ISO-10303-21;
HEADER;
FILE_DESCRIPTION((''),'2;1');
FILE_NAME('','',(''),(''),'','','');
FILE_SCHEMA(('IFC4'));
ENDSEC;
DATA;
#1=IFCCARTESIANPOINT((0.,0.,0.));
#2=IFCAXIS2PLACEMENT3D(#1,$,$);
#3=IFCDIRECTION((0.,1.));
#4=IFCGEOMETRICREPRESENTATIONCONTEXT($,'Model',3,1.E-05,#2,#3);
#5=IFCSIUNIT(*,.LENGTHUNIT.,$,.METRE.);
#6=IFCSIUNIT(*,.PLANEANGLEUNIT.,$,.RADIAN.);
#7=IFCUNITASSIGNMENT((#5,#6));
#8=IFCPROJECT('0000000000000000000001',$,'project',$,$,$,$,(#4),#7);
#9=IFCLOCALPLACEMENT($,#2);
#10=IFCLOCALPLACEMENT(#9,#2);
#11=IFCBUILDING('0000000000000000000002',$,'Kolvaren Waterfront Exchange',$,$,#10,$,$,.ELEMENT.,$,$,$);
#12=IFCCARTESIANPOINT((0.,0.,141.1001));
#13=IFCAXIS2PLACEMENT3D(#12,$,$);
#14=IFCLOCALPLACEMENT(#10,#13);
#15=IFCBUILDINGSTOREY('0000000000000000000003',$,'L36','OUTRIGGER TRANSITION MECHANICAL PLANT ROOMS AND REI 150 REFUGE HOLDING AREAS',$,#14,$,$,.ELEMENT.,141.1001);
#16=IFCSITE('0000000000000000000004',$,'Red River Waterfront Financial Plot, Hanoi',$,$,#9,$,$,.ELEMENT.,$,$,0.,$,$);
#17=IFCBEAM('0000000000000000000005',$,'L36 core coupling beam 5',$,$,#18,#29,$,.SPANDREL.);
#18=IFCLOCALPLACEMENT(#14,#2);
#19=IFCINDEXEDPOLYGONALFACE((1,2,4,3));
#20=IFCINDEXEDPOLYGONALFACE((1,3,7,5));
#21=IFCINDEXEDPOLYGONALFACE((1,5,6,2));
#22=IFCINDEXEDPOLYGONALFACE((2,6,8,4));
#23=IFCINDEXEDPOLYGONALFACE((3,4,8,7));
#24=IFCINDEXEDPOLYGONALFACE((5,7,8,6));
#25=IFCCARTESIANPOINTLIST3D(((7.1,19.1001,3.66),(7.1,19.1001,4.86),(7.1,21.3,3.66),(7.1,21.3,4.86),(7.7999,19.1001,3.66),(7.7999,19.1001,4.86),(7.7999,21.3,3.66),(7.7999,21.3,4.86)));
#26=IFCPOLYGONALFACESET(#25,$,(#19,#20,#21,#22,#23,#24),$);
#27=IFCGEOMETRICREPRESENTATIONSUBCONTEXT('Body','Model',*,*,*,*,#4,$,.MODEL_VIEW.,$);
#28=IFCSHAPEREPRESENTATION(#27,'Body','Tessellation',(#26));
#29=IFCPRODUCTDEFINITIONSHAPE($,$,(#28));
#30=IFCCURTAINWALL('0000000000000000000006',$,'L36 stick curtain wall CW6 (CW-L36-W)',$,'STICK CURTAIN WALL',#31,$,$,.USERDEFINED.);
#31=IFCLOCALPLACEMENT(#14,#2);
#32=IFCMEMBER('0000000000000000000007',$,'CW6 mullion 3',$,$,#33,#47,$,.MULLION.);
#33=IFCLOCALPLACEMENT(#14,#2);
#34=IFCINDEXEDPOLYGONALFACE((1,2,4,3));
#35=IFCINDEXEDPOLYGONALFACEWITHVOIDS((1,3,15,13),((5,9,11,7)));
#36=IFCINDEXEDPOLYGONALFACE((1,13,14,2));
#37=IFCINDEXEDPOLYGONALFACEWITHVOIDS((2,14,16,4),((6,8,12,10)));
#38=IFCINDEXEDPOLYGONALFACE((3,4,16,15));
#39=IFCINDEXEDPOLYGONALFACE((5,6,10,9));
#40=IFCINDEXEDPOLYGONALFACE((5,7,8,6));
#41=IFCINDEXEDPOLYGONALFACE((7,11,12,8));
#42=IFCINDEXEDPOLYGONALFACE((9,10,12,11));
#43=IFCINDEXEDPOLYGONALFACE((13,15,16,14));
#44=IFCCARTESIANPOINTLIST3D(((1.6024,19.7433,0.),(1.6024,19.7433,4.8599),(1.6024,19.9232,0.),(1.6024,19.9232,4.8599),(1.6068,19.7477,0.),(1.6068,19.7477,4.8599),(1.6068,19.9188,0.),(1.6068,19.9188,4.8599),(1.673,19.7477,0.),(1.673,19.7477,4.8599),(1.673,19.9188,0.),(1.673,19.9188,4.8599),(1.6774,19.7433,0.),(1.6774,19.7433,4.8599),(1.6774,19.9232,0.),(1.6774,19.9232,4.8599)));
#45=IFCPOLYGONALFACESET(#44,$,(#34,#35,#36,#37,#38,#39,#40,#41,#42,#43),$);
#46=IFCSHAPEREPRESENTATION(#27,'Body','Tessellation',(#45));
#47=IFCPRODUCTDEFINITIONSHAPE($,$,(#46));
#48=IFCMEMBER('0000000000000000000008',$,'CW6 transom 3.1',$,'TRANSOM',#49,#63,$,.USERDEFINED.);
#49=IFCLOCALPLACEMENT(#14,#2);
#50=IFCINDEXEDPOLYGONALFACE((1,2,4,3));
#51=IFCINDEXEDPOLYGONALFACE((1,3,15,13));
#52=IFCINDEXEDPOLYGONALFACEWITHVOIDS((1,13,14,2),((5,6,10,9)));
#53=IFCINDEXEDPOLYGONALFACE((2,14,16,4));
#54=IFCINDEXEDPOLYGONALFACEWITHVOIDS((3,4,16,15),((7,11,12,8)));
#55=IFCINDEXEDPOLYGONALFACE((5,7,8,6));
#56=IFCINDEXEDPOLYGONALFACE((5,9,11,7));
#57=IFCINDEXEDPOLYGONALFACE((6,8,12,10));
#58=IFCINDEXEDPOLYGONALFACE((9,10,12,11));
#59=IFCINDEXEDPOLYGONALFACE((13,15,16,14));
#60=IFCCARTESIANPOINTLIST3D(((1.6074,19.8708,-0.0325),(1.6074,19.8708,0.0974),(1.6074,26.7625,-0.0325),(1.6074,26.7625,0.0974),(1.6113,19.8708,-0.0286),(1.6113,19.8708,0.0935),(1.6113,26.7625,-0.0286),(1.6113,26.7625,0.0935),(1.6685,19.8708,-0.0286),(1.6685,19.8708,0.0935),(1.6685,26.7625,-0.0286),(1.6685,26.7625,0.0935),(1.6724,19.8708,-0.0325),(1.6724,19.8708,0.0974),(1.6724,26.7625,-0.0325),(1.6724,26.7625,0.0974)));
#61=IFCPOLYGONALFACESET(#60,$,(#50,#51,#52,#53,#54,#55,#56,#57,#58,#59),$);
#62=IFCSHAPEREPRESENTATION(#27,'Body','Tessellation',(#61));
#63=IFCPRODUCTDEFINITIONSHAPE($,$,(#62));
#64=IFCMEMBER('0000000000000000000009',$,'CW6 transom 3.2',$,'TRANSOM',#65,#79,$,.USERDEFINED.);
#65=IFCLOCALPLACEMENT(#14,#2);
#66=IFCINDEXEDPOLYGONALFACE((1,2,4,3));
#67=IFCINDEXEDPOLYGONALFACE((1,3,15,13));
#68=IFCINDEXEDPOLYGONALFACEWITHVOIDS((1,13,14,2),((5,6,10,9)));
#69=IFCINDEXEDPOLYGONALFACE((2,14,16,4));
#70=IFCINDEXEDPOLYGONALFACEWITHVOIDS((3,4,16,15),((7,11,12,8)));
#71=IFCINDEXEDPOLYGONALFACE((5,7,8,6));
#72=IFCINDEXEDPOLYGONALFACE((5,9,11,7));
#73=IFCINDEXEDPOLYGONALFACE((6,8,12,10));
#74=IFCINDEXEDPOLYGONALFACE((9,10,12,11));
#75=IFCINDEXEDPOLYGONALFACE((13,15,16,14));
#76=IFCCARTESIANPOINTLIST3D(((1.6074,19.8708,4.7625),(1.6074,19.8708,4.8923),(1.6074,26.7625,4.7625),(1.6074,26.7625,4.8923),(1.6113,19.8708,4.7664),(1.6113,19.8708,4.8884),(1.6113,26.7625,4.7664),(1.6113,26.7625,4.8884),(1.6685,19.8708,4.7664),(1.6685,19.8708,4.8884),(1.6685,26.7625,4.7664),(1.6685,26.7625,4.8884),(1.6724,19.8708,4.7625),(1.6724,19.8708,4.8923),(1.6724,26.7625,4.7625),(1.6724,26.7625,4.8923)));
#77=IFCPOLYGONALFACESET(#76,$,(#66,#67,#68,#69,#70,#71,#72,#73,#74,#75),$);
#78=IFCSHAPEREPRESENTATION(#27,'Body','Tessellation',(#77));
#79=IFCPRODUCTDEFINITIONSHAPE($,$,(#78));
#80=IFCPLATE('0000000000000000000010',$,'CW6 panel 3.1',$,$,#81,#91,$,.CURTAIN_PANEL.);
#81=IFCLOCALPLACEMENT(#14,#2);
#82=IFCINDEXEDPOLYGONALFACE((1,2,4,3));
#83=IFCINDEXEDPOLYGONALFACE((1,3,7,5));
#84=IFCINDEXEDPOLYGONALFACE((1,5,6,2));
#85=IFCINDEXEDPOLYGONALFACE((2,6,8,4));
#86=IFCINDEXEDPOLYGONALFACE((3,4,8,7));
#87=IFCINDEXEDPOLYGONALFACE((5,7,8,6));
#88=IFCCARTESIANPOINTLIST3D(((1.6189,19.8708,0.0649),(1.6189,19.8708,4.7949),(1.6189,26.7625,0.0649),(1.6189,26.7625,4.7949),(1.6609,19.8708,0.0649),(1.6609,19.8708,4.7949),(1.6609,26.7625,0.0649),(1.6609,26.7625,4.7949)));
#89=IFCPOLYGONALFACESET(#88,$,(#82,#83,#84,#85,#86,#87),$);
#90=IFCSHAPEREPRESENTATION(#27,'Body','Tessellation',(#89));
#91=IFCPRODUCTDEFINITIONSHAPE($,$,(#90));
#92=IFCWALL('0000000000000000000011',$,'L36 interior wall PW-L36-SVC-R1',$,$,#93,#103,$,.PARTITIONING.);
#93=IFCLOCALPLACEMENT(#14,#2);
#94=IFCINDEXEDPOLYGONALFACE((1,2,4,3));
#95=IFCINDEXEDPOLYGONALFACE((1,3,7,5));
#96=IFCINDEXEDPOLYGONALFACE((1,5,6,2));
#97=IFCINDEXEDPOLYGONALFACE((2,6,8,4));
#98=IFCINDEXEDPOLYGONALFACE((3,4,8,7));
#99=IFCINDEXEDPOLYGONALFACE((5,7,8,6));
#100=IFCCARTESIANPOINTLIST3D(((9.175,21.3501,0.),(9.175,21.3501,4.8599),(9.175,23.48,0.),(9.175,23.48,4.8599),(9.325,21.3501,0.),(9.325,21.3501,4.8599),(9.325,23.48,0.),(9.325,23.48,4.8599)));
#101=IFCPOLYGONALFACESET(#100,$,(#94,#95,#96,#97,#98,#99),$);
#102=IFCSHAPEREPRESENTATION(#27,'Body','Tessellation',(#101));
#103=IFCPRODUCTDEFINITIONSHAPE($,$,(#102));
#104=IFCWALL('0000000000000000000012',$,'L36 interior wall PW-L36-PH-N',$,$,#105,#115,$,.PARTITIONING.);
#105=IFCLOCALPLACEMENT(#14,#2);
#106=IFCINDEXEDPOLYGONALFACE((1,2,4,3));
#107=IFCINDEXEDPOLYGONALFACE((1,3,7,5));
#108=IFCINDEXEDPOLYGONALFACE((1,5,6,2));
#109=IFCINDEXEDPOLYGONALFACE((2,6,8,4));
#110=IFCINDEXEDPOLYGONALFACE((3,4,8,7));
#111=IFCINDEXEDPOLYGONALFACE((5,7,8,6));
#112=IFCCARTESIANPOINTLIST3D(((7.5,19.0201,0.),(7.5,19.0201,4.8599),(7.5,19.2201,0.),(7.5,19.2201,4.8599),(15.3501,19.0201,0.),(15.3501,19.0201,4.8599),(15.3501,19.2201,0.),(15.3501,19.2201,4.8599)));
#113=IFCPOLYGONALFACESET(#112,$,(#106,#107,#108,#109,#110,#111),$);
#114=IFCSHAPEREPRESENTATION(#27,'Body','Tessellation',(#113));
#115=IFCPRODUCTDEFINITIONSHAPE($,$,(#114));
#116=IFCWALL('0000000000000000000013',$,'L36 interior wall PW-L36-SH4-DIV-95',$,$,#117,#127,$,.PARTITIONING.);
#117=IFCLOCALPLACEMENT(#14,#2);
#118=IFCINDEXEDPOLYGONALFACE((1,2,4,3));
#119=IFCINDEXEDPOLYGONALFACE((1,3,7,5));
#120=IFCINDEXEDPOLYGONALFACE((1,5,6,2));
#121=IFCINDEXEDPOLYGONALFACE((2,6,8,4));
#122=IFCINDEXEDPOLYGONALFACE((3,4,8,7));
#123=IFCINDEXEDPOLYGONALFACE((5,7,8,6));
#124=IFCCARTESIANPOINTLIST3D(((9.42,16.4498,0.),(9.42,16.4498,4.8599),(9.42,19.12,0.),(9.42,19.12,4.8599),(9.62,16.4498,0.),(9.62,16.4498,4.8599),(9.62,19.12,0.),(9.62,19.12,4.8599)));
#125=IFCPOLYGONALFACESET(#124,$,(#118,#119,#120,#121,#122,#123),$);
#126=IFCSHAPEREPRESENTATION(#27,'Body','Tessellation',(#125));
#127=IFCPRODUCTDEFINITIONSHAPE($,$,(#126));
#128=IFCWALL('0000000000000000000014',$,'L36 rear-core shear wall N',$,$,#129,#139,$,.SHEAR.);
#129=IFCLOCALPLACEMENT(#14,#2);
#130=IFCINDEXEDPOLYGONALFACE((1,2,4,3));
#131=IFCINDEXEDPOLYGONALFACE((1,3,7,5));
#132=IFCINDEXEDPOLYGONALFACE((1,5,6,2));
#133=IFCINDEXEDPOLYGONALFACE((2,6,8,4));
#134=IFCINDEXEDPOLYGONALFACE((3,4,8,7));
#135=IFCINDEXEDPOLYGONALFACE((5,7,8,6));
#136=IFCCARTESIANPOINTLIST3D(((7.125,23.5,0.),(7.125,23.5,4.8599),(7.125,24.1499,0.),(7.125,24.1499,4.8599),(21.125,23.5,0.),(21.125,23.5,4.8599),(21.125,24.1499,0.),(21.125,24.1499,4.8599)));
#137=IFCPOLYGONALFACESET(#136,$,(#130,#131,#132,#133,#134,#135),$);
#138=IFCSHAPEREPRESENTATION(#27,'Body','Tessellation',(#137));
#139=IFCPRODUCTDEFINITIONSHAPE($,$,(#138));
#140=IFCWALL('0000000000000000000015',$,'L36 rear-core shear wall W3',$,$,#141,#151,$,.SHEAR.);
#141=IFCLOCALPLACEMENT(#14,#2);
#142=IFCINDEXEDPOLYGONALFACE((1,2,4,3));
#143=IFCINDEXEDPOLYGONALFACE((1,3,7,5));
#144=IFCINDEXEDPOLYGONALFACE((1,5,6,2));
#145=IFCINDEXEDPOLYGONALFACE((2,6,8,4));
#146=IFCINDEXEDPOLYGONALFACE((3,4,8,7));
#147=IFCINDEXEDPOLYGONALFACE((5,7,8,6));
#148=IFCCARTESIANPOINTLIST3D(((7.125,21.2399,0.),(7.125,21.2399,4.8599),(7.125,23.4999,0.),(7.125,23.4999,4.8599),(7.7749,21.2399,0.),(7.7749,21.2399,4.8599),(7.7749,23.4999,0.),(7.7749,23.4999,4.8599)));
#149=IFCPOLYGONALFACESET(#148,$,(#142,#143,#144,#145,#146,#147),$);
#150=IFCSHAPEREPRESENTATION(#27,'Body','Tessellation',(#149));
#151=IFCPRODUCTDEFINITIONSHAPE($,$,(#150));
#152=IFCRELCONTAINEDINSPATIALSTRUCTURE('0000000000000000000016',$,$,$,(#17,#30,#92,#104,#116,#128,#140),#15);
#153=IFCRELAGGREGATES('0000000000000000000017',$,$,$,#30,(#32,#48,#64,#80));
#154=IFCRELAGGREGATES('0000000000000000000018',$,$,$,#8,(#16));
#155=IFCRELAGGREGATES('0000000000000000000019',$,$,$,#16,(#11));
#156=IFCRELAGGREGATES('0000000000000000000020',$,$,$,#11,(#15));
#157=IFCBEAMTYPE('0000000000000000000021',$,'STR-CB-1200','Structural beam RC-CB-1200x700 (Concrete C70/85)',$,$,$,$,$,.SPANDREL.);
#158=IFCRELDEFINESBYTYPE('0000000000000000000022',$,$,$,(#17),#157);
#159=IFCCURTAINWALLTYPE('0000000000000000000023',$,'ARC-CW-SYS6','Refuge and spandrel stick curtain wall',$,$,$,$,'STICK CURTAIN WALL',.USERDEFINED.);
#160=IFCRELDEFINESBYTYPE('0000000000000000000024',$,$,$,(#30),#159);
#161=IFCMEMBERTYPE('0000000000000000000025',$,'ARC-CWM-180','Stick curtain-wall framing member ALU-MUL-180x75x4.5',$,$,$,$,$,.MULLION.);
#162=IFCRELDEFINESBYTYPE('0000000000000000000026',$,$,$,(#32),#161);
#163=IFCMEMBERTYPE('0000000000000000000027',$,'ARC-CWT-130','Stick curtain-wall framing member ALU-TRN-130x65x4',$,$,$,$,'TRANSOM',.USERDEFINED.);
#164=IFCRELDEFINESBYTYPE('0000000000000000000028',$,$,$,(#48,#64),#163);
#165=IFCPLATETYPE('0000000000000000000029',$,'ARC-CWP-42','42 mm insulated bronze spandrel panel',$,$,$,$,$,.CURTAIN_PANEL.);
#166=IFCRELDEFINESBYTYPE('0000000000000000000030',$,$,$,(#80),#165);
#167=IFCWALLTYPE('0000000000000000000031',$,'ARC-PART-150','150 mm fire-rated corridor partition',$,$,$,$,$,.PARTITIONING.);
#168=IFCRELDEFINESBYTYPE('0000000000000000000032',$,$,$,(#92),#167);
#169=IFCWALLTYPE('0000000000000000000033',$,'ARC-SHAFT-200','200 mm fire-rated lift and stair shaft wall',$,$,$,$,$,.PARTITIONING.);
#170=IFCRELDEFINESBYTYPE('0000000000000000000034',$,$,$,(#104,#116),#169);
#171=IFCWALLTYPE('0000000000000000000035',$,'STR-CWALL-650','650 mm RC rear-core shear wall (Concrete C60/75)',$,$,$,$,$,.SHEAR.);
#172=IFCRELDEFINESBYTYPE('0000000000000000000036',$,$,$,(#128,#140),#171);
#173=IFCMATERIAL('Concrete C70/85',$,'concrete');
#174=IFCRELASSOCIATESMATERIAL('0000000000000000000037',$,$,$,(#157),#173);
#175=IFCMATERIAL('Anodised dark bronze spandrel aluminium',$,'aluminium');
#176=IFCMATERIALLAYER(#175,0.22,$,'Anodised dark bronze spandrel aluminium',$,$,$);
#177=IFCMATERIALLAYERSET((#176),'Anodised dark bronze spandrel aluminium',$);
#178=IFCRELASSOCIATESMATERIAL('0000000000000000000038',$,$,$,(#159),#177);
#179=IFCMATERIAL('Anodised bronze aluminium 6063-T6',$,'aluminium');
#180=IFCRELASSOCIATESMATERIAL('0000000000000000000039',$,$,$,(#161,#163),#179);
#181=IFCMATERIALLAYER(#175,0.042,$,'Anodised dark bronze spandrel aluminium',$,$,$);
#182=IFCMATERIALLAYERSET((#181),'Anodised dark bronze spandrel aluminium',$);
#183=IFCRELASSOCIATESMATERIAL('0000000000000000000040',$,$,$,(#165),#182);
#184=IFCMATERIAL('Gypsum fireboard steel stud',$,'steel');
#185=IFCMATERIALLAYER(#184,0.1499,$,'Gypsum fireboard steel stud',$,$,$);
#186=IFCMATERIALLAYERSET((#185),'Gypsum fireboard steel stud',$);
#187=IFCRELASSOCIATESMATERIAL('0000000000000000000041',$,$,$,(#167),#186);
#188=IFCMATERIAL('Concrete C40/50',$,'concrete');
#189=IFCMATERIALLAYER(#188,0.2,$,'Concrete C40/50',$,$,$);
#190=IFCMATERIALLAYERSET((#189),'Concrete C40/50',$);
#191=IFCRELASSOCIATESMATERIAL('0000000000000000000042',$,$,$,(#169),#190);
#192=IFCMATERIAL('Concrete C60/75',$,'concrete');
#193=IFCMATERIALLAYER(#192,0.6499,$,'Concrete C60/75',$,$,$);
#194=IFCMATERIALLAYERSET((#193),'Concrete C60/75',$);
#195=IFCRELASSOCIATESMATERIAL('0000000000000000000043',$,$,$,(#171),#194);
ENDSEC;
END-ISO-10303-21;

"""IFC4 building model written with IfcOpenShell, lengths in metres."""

from ifc_helpers import new_model, si_unit, direction, frame, frame_2d, origin, origin_with_axes, origin_2d, place, context, subcontext, project, spatial, rectangle, hollow_rectangle, extrude, source, transform, mapped, material, layer, layer_set, material_profile, profile_set, type_object, element, aggregate, save


model = new_model("IFC4")

# Units and contexts
model_context = context("Model", 3, precision=1e-05, world=origin(), true_north=direction((0.0, 1.0)))
body_context = subcontext(model_context, "Body", "Model", "MODEL_VIEW")
ifc_project = project(units=[si_unit("LENGTHUNIT", "METRE"), si_unit("PLANEANGLEUNIT", "RADIAN")], contexts=[model_context])

# Site, building, storey
site_placement = place(None, origin())
site = spatial("IfcSite", under=ifc_project, at=site_placement, Name="Red River Waterfront Financial Plot, Hanoi", CompositionType="ELEMENT", RefElevation=0.0)
building_placement = place(site_placement, origin())
building = spatial("IfcBuilding", under=site, at=building_placement, Name="Kolvaren Waterfront Exchange", CompositionType="ELEMENT")
storey_placement = place(building_placement, frame((0.0, 0.0, 141.1001)))
storey = spatial("IfcBuildingStorey", under=building, at=storey_placement, Name="L36", Description="OUTRIGGER TRANSITION MECHANICAL PLANT ROOMS AND REI 150 REFUGE HOLDING AREAS", CompositionType="ELEMENT", Elevation=141.1001)

# Beam
ifc_material_1 = material(Name="Concrete C70/85", Category="concrete")
ifc_material_profile_1 = material_profile(ifc_material_1, rectangle(XDim=0.7, YDim=1.2, at=origin_2d()), Name="RC-CB-1200x700")
ifc_profile_set_1 = profile_set([ifc_material_profile_1], Name="Concrete C70/85")
beam_type = type_object("IfcBeamType", Name="STR-CB-1200", Description="Structural beam RC-CB-1200x700 (Concrete C70/85)", PredefinedType="SPANDREL", material=ifc_profile_set_1)
beam_placement = place(storey_placement, frame((7.45, 19.1001, 4.26), z_axis=(0.0, 1.0, 0.0), x_axis=(-1.0, 0.0, 0.0)))
element("IfcBeam", 1, at=beam_placement, inside=storey, type_object=beam_type, Name="L36 core coupling beam 5", PredefinedType="SPANDREL", context=body_context, shape_type="SweptSolid", body=[
    extrude(rectangle(XDim=0.7, YDim=1.2, at=origin_2d()), origin(), (0.0, 0.0, 1.0), 2.2),
])

# Curtain wall, members, plate
ifc_material_2 = material(Name="Anodised dark bronze spandrel aluminium", Category="aluminium")
ifc_layer_1 = layer(ifc_material_2, 0.22, Name="Anodised dark bronze spandrel aluminium")
ifc_layer_set_1 = layer_set([ifc_layer_1], Name="Anodised dark bronze spandrel aluminium")
curtain_wall_type = type_object("IfcCurtainWallType", Name="ARC-CW-SYS6", Description="Refuge and spandrel stick curtain wall", ElementType="STICK CURTAIN WALL", PredefinedType="USERDEFINED", material=ifc_layer_set_1)
curtain_wall_placement = place(storey_placement, origin())
curtain_wall = element("IfcCurtainWall", 2, at=curtain_wall_placement, inside=storey, type_object=curtain_wall_type, Name="L36 stick curtain wall CW6 (CW-L36-W)", ObjectType="STICK CURTAIN WALL", PredefinedType="USERDEFINED")
ifc_material_3 = material(Name="Anodised bronze aluminium 6063-T6", Category="aluminium")
ifc_material_profile_2 = material_profile(ifc_material_3, hollow_rectangle(XDim=0.075, YDim=0.1799, WallThickness=0.0044, at=origin_2d()), Name="ALU-MUL-180x75x4.5")
ifc_profile_set_2 = profile_set([ifc_material_profile_2], Name="Anodised bronze aluminium 6063-T6")
member_type_1 = type_object("IfcMemberType", Name="ARC-CWM-180", Description="Stick curtain-wall framing member ALU-MUL-180x75x4.5", PredefinedType="MULLION", material=ifc_profile_set_2)
shared_shape_1 = source(origin_with_axes(), body_context, "Body", "SweptSolid", [
    extrude(hollow_rectangle(XDim=0.075, YDim=0.1799, WallThickness=0.0044, at=origin_2d()), origin(), (0.0, 0.0, 1.0), 4.8599),
])
member_1_placement = place(storey_placement, frame((1.6399, 19.8333, 0.0), z_axis=(0.0, 0.0, 1.0), x_axis=(-1.0, 0.0, 0.0)))
member_1 = element("IfcMember", 3, at=member_1_placement, type_object=member_type_1, Name="CW6 mullion 3", PredefinedType="MULLION", context=body_context, shape_type="MappedRepresentation", body=[
    mapped(shared_shape_1, transform((0.0, 0.0, 0.0), x_axis=(1.0, 0.0, 0.0), y_axis=(0.0, 1.0, 0.0), z_axis=(0.0, 0.0, 1.0), scale=1.0)),
])
ifc_material_profile_3 = material_profile(ifc_material_3, hollow_rectangle(XDim=0.0649, YDim=0.1299, WallThickness=0.0039, at=origin_2d()), Name="ALU-TRN-130x65x4")
ifc_profile_set_3 = profile_set([ifc_material_profile_3], Name="Anodised bronze aluminium 6063-T6")
member_type_2 = type_object("IfcMemberType", Name="ARC-CWT-130", Description="Stick curtain-wall framing member ALU-TRN-130x65x4", ElementType="TRANSOM", PredefinedType="USERDEFINED", material=ifc_profile_set_3)
shared_shape_2 = source(origin_with_axes(), body_context, "Body", "SweptSolid", [
    extrude(hollow_rectangle(XDim=0.0649, YDim=0.1299, WallThickness=0.0039, at=origin_2d()), origin(), (0.0, 0.0, 1.0), 6.8916),
])
member_2_placement = place(storey_placement, frame((1.6399, 19.8708, 0.0325), z_axis=(0.0, 1.0, 0.0), x_axis=(-1.0, 0.0, 0.0)))
member_2 = element("IfcMember", 4, at=member_2_placement, type_object=member_type_2, Name="CW6 transom 3.1", ObjectType="TRANSOM", PredefinedType="USERDEFINED", context=body_context, shape_type="MappedRepresentation", body=[
    mapped(shared_shape_2, transform((0.0, 0.0, 0.0), x_axis=(1.0, 0.0, 0.0), y_axis=(0.0, 1.0, 0.0), z_axis=(0.0, 0.0, 1.0), scale=1.0)),
])
member_3_placement = place(storey_placement, frame((1.6399, 19.8708, 4.8274), z_axis=(0.0, 1.0, 0.0), x_axis=(-1.0, 0.0, 0.0)))
member_3 = element("IfcMember", 5, at=member_3_placement, type_object=member_type_2, Name="CW6 transom 3.2", ObjectType="TRANSOM", PredefinedType="USERDEFINED", context=body_context, shape_type="MappedRepresentation", body=[
    mapped(shared_shape_2, transform((0.0, 0.0, 0.0), x_axis=(1.0, 0.0, 0.0), y_axis=(0.0, 1.0, 0.0), z_axis=(0.0, 0.0, 1.0), scale=1.0)),
])
ifc_layer_2 = layer(ifc_material_2, 0.042, Name="Anodised dark bronze spandrel aluminium")
ifc_layer_set_2 = layer_set([ifc_layer_2], Name="Anodised dark bronze spandrel aluminium")
plate_type = type_object("IfcPlateType", Name="ARC-CWP-42", Description="42 mm insulated bronze spandrel panel", PredefinedType="CURTAIN_PANEL", material=ifc_layer_set_2)
shared_shape_3 = source(origin_with_axes(), body_context, "Body", "SweptSolid", [
    extrude(rectangle(XDim=6.8916, YDim=0.042, at=origin_2d()), origin(), (0.0, 0.0, 1.0), 4.73),
])
plate_placement = place(storey_placement, frame((1.6399, 23.3167, 0.0649), z_axis=(0.0, 0.0, 1.0), x_axis=(0.0, 1.0, 0.0)))
plate = element("IfcPlate", 6, at=plate_placement, type_object=plate_type, Name="CW6 panel 3.1", PredefinedType="CURTAIN_PANEL", context=body_context, shape_type="MappedRepresentation", body=[
    mapped(shared_shape_3, transform((0.0, 0.0, 0.0), x_axis=(1.0, 0.0, 0.0), y_axis=(0.0, 1.0, 0.0), z_axis=(0.0, 0.0, 1.0), scale=1.0)),
])
aggregate(curtain_wall, [member_1, member_2, member_3, plate])

# Wall
ifc_material_4 = material(Name="Gypsum fireboard steel stud", Category="steel")
ifc_layer_3 = layer(ifc_material_4, 0.1499, Name="Gypsum fireboard steel stud")
ifc_layer_set_3 = layer_set([ifc_layer_3], Name="Gypsum fireboard steel stud")
wall_type_1 = type_object("IfcWallType", Name="ARC-PART-150", Description="150 mm fire-rated corridor partition", PredefinedType="PARTITIONING", material=ifc_layer_set_3)
wall_1_placement = place(storey_placement, frame((9.25, 21.3501, 0.0), z_axis=(0.0, 0.0, 1.0), x_axis=(0.0, 1.0, 0.0)))
element("IfcWall", 7, at=wall_1_placement, inside=storey, type_object=wall_type_1, Name="L36 interior wall PW-L36-SVC-R1", PredefinedType="PARTITIONING", context=body_context, shape_type="SweptSolid", body=[
    extrude(rectangle(XDim=2.1299, YDim=0.1499, at=frame_2d((1.0649, 0.0))), origin(), (0.0, 0.0, 1.0), 4.8599),
])

# Walls
ifc_material_5 = material(Name="Concrete C40/50", Category="concrete")
ifc_layer_4 = layer(ifc_material_5, 0.2, Name="Concrete C40/50")
ifc_layer_set_4 = layer_set([ifc_layer_4], Name="Concrete C40/50")
wall_type_2 = type_object("IfcWallType", Name="ARC-SHAFT-200", Description="200 mm fire-rated lift and stair shaft wall", PredefinedType="PARTITIONING", material=ifc_layer_set_4)
wall_2_placement = place(storey_placement, frame((7.5, 19.1201, 0.0), z_axis=(0.0, 0.0, 1.0), x_axis=(1.0, 0.0, 0.0)))
element("IfcWall", 8, at=wall_2_placement, inside=storey, type_object=wall_type_2, Name="L36 interior wall PW-L36-PH-N", PredefinedType="PARTITIONING", context=body_context, shape_type="SweptSolid", body=[
    extrude(rectangle(XDim=7.8501, YDim=0.2, at=frame_2d((3.925, 0.0))), origin(), (0.0, 0.0, 1.0), 4.8599),
])
wall_3_placement = place(storey_placement, frame((9.52, 16.45, 0.0), z_axis=(0.0, 0.0, 1.0), x_axis=(0.0, 1.0, 0.0)))
element("IfcWall", 9, at=wall_3_placement, inside=storey, type_object=wall_type_2, Name="L36 interior wall PW-L36-SH4-DIV-95", PredefinedType="PARTITIONING", context=body_context, shape_type="SweptSolid", body=[
    extrude(rectangle(XDim=2.6702, YDim=0.2, at=frame_2d((1.335, 0.0))), origin(), (0.0, 0.0, 1.0), 4.8599),
])
ifc_material_6 = material(Name="Concrete C60/75", Category="concrete")
ifc_layer_5 = layer(ifc_material_6, 0.6499, Name="Concrete C60/75")
ifc_layer_set_5 = layer_set([ifc_layer_5], Name="Concrete C60/75")
wall_type_3 = type_object("IfcWallType", Name="STR-CWALL-650", Description="650 mm RC rear-core shear wall (Concrete C60/75)", PredefinedType="SHEAR", material=ifc_layer_set_5)
wall_4_placement = place(storey_placement, frame((7.125, 23.825, 0.0), z_axis=(0.0, 0.0, 1.0), x_axis=(1.0, 0.0, 0.0)))
element("IfcWall", 10, at=wall_4_placement, inside=storey, type_object=wall_type_3, Name="L36 rear-core shear wall N", PredefinedType="SHEAR", context=body_context, shape_type="SweptSolid", body=[
    extrude(rectangle(XDim=14.0, YDim=0.6499, at=frame_2d((7.0, 0.0))), origin(), (0.0, 0.0, 1.0), 4.8599),
])
wall_5_placement = place(storey_placement, frame((7.45, 21.24, 0.0), z_axis=(0.0, 0.0, 1.0), x_axis=(0.0, 1.0, 0.0)))
element("IfcWall", 11, at=wall_5_placement, inside=storey, type_object=wall_type_3, Name="L36 rear-core shear wall W3", PredefinedType="SHEAR", context=body_context, shape_type="SweptSolid", body=[
    extrude(rectangle(XDim=2.26, YDim=0.6499, at=frame_2d((1.1299, 0.0))), origin(), (0.0, 0.0, 1.0), 4.8599),
])

save(model, "model.ifc")
